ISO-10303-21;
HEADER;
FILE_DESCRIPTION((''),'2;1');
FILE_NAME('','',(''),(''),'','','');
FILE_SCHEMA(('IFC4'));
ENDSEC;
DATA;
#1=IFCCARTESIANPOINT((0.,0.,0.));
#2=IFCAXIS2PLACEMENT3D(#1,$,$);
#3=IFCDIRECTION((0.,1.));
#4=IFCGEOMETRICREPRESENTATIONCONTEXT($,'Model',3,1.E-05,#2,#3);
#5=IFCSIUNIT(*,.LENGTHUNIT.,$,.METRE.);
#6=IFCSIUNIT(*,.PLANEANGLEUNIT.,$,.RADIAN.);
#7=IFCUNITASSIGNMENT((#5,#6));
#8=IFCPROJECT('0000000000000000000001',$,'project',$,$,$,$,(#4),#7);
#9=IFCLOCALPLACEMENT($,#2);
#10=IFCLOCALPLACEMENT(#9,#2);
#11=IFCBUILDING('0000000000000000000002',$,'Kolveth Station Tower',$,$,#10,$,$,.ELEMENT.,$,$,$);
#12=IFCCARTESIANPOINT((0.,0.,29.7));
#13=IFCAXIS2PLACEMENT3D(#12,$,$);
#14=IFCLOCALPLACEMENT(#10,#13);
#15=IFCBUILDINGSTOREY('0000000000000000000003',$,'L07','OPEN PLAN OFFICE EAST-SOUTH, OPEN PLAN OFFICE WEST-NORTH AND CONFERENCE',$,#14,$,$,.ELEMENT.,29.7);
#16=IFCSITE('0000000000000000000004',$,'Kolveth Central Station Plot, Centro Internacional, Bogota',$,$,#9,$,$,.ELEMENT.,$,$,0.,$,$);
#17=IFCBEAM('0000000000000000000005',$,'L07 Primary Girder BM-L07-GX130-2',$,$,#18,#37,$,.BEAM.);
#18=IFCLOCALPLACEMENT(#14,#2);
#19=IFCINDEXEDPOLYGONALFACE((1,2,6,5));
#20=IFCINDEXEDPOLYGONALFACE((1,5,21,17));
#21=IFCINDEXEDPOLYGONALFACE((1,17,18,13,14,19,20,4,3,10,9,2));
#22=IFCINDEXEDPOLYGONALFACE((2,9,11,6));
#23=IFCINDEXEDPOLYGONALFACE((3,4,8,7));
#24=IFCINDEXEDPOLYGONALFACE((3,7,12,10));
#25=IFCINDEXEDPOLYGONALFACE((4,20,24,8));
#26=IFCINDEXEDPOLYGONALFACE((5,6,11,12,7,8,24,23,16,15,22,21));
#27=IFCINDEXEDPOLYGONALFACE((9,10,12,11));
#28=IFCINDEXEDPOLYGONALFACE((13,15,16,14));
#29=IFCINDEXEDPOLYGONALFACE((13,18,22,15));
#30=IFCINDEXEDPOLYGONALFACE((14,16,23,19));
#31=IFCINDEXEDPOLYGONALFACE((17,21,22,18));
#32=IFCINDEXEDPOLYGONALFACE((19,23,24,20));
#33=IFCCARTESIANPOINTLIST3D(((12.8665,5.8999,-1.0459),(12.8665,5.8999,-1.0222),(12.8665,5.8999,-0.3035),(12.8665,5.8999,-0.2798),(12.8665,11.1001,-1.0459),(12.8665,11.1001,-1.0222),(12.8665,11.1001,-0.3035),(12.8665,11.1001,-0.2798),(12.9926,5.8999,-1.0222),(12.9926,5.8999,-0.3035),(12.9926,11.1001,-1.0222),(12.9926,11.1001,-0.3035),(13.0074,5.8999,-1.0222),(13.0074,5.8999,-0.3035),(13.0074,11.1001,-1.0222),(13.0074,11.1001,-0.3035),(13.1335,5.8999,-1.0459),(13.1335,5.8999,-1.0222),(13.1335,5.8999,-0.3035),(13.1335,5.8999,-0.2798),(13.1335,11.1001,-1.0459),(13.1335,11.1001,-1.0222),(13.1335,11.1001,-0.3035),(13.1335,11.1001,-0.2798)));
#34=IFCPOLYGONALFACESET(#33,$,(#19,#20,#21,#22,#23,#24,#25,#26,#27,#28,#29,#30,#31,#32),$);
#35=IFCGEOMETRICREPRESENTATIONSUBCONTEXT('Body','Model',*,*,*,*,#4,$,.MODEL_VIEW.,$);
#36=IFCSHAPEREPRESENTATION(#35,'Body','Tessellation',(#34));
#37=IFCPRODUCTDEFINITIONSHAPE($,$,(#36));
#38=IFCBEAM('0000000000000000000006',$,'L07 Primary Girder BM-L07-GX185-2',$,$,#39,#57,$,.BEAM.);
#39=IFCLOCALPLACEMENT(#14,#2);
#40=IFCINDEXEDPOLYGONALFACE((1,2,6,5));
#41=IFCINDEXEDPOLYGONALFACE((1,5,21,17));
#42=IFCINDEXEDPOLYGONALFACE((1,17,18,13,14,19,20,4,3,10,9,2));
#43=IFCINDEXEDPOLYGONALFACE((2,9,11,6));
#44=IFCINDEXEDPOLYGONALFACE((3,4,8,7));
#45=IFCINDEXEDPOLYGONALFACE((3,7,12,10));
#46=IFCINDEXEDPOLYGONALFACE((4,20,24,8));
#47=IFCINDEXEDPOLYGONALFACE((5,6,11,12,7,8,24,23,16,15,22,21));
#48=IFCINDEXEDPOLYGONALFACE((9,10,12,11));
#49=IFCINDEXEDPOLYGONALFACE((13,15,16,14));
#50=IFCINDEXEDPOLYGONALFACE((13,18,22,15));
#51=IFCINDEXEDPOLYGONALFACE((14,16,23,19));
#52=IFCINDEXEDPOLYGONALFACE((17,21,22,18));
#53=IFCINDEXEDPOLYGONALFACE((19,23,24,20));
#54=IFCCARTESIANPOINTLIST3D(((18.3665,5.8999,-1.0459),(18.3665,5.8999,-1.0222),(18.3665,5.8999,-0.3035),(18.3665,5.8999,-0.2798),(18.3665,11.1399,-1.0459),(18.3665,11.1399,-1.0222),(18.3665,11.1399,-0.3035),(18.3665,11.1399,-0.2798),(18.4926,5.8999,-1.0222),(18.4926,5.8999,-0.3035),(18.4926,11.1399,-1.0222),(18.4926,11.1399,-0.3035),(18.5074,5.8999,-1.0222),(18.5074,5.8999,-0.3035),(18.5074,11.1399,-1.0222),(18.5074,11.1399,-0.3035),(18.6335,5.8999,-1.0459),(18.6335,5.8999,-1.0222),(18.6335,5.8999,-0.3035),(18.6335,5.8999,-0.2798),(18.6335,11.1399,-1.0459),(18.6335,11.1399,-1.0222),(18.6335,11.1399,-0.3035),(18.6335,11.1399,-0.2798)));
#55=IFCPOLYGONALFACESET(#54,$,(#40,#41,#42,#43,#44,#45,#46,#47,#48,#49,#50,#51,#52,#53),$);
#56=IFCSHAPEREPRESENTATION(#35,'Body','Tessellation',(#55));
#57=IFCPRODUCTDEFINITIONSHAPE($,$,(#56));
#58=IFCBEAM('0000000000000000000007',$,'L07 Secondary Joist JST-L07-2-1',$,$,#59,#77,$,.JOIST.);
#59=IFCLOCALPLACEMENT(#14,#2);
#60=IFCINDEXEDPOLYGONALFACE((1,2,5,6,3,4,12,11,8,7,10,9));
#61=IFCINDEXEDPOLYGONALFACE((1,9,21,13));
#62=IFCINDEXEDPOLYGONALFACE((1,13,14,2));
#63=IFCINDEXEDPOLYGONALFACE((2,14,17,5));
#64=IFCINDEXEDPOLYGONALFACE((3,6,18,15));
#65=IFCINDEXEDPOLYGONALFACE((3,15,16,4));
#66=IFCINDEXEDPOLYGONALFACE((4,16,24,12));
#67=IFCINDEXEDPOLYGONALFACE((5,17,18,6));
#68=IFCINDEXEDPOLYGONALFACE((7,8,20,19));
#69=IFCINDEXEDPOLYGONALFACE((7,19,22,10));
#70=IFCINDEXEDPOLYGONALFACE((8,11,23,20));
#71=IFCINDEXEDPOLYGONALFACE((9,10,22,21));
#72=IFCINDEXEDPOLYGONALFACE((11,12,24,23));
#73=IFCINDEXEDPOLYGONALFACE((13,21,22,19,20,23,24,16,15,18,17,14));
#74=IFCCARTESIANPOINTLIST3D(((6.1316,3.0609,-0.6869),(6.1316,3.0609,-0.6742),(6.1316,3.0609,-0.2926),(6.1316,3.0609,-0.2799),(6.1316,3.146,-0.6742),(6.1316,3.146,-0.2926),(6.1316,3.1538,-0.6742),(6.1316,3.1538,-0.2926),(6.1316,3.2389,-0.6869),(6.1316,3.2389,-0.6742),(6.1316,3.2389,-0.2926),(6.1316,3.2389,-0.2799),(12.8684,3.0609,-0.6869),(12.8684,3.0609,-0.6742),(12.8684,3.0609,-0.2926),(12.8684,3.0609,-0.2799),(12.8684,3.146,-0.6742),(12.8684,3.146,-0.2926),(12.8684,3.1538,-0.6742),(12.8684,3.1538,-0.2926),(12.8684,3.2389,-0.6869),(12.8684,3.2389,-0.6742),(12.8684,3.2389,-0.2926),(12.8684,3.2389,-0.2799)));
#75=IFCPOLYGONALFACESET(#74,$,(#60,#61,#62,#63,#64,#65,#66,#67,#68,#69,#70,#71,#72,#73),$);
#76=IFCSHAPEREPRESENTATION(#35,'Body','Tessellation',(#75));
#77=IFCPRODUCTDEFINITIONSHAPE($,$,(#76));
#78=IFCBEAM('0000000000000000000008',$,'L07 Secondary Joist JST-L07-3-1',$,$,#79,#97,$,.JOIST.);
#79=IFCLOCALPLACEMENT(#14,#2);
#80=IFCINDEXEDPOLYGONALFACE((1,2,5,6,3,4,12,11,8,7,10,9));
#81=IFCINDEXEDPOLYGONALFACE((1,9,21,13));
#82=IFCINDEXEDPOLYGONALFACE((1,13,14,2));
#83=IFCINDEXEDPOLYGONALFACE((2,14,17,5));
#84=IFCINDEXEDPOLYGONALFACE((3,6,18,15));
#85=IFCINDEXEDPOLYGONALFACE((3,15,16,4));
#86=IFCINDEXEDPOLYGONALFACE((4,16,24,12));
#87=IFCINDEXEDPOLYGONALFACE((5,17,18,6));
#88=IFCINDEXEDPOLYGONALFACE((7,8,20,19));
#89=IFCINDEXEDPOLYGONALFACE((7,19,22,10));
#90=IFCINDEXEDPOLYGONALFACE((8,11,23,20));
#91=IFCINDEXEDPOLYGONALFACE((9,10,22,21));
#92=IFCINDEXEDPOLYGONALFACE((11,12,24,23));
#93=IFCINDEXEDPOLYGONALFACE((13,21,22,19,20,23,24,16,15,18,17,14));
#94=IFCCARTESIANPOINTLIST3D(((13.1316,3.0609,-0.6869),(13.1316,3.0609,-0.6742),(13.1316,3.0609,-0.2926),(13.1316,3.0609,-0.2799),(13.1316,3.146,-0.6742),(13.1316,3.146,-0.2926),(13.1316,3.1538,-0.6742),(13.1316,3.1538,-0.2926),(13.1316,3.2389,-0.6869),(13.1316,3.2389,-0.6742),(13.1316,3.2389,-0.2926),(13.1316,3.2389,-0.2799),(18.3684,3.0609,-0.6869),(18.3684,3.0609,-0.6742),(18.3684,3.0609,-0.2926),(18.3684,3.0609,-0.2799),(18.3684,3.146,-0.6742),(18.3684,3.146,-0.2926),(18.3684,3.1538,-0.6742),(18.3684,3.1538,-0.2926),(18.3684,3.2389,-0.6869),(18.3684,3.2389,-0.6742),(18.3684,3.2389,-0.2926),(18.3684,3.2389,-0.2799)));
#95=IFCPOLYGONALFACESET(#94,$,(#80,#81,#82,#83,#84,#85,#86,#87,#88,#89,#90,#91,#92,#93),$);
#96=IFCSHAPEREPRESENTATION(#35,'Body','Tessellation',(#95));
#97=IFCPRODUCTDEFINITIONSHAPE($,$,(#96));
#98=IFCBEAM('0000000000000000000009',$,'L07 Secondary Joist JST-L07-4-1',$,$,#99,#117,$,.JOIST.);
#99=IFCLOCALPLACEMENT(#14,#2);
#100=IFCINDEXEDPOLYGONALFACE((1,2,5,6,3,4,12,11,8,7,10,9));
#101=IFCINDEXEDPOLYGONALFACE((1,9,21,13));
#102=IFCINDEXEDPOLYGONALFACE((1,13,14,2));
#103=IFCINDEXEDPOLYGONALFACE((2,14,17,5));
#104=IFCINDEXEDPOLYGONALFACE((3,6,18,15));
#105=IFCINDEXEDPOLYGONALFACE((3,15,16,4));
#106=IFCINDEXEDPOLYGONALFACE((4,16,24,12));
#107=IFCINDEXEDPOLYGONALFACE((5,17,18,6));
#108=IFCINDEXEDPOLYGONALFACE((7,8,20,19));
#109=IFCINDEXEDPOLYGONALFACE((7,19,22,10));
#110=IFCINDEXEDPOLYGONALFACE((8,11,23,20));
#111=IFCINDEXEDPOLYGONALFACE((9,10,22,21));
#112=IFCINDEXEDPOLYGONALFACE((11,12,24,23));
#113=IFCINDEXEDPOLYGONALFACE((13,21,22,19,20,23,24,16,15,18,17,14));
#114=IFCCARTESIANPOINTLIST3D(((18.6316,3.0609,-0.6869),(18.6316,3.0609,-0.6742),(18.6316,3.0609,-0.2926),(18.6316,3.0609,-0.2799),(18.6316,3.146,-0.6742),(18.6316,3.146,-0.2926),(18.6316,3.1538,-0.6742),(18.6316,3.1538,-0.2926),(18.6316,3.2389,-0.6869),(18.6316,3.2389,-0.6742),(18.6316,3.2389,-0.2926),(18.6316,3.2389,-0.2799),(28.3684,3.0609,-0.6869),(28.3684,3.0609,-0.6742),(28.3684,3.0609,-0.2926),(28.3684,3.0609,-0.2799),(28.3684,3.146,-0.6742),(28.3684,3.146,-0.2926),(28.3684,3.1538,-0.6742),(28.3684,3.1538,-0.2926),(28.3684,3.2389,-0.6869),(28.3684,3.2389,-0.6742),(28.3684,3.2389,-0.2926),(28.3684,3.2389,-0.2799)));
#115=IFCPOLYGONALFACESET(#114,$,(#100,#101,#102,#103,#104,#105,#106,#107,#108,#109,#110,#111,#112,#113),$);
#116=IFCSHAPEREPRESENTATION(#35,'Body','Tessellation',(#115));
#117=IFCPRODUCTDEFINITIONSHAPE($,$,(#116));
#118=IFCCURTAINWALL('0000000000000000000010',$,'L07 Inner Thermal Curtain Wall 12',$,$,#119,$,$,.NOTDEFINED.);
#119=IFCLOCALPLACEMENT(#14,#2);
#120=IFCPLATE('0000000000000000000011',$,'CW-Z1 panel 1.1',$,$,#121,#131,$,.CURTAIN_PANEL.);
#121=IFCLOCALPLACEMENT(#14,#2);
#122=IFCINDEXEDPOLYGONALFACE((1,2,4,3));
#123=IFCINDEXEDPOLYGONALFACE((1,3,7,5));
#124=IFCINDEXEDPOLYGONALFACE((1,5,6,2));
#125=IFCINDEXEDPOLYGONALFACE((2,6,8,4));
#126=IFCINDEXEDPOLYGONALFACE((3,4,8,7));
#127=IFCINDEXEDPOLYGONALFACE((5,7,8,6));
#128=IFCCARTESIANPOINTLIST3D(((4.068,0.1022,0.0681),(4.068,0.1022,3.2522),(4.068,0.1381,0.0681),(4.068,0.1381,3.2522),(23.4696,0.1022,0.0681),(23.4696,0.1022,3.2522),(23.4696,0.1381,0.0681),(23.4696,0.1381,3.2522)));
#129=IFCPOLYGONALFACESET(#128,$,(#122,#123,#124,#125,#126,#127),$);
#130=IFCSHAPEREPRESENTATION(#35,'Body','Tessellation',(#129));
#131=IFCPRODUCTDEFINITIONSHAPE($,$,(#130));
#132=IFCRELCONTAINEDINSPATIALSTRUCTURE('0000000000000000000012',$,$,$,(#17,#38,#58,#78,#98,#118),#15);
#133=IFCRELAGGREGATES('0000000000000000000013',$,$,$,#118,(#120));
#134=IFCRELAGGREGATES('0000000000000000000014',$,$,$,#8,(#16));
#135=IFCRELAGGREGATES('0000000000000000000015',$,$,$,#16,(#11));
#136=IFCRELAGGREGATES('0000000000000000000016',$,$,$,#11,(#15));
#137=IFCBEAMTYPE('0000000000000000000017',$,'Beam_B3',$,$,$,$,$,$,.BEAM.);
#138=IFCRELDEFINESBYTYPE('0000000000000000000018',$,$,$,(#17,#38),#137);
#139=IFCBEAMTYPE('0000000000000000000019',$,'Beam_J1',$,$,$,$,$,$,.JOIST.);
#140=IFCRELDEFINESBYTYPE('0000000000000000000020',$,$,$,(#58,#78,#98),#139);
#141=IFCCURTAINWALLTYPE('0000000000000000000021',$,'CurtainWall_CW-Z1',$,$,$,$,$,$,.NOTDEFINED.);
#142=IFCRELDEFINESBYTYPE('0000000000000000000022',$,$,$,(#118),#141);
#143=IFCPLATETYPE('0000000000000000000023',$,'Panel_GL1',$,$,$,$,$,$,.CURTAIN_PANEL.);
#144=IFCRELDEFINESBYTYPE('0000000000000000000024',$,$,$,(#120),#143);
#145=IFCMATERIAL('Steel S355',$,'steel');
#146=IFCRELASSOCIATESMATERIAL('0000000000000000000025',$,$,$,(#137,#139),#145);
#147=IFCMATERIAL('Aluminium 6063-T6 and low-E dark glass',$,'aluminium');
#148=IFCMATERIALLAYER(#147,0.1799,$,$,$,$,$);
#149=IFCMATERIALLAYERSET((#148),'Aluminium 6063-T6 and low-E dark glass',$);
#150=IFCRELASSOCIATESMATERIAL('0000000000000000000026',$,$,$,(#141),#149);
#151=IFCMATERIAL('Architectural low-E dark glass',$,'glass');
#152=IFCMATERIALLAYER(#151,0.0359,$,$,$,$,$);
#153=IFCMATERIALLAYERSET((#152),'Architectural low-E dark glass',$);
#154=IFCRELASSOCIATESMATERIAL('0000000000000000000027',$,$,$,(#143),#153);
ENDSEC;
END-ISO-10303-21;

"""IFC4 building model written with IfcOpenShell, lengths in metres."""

from ifc_helpers import new_model, si_unit, direction, frame, origin, origin_2d, place, context, subcontext, project, spatial, rectangle, i_section, extrude, source, transform, mapped, material, layer, layer_set, material_profile, profile_set, type_object, element, aggregate, save


model = new_model("IFC4")

# Units and contexts
model_context = context("Model", 3, precision=1e-05, world=origin(), true_north=direction((0.0, 1.0)))
body_context = subcontext(model_context, "Body", "Model", "MODEL_VIEW")
ifc_project = project(units=[si_unit("LENGTHUNIT", "METRE"), si_unit("PLANEANGLEUNIT", "RADIAN")], contexts=[model_context])

# Site, building, storey
site_placement = place(None, origin())
site = spatial("IfcSite", under=ifc_project, at=site_placement, Name="Kolveth Central Station Plot, Centro Internacional, Bogota", CompositionType="ELEMENT", RefElevation=0.0)
building_placement = place(site_placement, origin())
building = spatial("IfcBuilding", under=site, at=building_placement, Name="Kolveth Station Tower", CompositionType="ELEMENT")
storey_placement = place(building_placement, frame((0.0, 0.0, 29.7)))
storey = spatial("IfcBuildingStorey", under=building, at=storey_placement, Name="L07", Description="OPEN PLAN OFFICE EAST-SOUTH, OPEN PLAN OFFICE WEST-NORTH AND CONFERENCE", CompositionType="ELEMENT", Elevation=29.7)

# Shared definitions
ifc_material_1 = material(Name="Steel S355", Category="steel")

# Beams
ifc_material_profile_1 = material_profile(ifc_material_1, i_section(OverallWidth=0.2671, OverallDepth=0.7661, WebThickness=0.0149, FlangeThickness=0.0237, at=origin_2d()), Name="W760x185")
ifc_profile_set_1 = profile_set([ifc_material_profile_1], Name="Steel S355")
beam_type_1 = type_object("IfcBeamType", Name="Beam_B3", PredefinedType="BEAM", material=ifc_profile_set_1)
shared_shape_1 = source(origin(), body_context, "Body", "SweptSolid", [
    extrude(i_section(OverallWidth=0.2671, OverallDepth=0.7661, WebThickness=0.0149, FlangeThickness=0.0237, at=origin_2d()), origin(), (0.0, 0.0, 1.0), 5.2002),
])
for number, where, z_axis, x_axis, name in (
    (1, (13.0, 5.8999, -0.6628), (0.0, 1.0, 0.0), (-1.0, 0.0, 0.0), "L07 Primary Girder BM-L07-GX130-2"),
):
    element("IfcBeam", number, at=place(storey_placement, frame(where, z_axis=z_axis, x_axis=x_axis)), inside=storey, type_object=beam_type_1, Name=name, PredefinedType="BEAM", context=body_context, shape_type="MappedRepresentation", body=[
        mapped(shared_shape_1, transform((0.0, 0.0, 0.0), x_axis=(1.0, 0.0, 0.0), y_axis=(0.0, 1.0, 0.0), z_axis=(0.0, 0.0, 1.0), scale=1.0)),
    ])
shared_shape_2 = source(origin(), body_context, "Body", "SweptSolid", [
    extrude(i_section(OverallWidth=0.2671, OverallDepth=0.7661, WebThickness=0.0149, FlangeThickness=0.0237, at=origin_2d()), origin(), (0.0, 0.0, 1.0), 5.24),
])
beam_1_placement = place(storey_placement, frame((18.5, 5.8999, -0.6628), z_axis=(0.0, 1.0, 0.0), x_axis=(-1.0, 0.0, 0.0)))
element("IfcBeam", 2, at=beam_1_placement, inside=storey, type_object=beam_type_1, Name="L07 Primary Girder BM-L07-GX185-2", PredefinedType="BEAM", context=body_context, shape_type="MappedRepresentation", body=[
    mapped(shared_shape_2, transform((0.0, 0.0, 0.0), x_axis=(1.0, 0.0, 0.0), y_axis=(0.0, 1.0, 0.0), z_axis=(0.0, 0.0, 1.0), scale=1.0)),
])
ifc_material_profile_2 = material_profile(ifc_material_1, i_section(OverallWidth=0.178, OverallDepth=0.407, WebThickness=0.0078, FlangeThickness=0.0127, at=origin_2d()), Name="W410x60")
ifc_profile_set_2 = profile_set([ifc_material_profile_2], Name="Steel S355")
beam_type_2 = type_object("IfcBeamType", Name="Beam_J1", PredefinedType="JOIST", material=ifc_profile_set_2)
shared_shape_3 = source(origin(), body_context, "Body", "SweptSolid", [
    extrude(i_section(OverallWidth=0.178, OverallDepth=0.407, WebThickness=0.0078, FlangeThickness=0.0127, at=origin_2d()), origin(), (0.0, 0.0, 1.0), 6.7368),
])
beam_2_placement = place(storey_placement, frame((6.1316, 3.1499, -0.4834), z_axis=(1.0, 0.0, 0.0), x_axis=(0.0, 1.0, 0.0)))
element("IfcBeam", 3, at=beam_2_placement, inside=storey, type_object=beam_type_2, Name="L07 Secondary Joist JST-L07-2-1", PredefinedType="JOIST", context=body_context, shape_type="MappedRepresentation", body=[
    mapped(shared_shape_3, transform((0.0, 0.0, 0.0), x_axis=(1.0, 0.0, 0.0), y_axis=(0.0, 1.0, 0.0), z_axis=(0.0, 0.0, 1.0), scale=1.0)),
])
shared_shape_4 = source(origin(), body_context, "Body", "SweptSolid", [
    extrude(i_section(OverallWidth=0.178, OverallDepth=0.407, WebThickness=0.0078, FlangeThickness=0.0127, at=origin_2d()), origin(), (0.0, 0.0, 1.0), 5.2368),
])
beam_3_placement = place(storey_placement, frame((13.1316, 3.1499, -0.4834), z_axis=(1.0, 0.0, 0.0), x_axis=(0.0, 1.0, 0.0)))
element("IfcBeam", 4, at=beam_3_placement, inside=storey, type_object=beam_type_2, Name="L07 Secondary Joist JST-L07-3-1", PredefinedType="JOIST", context=body_context, shape_type="MappedRepresentation", body=[
    mapped(shared_shape_4, transform((0.0, 0.0, 0.0), x_axis=(1.0, 0.0, 0.0), y_axis=(0.0, 1.0, 0.0), z_axis=(0.0, 0.0, 1.0), scale=1.0)),
])
shared_shape_5 = source(origin(), body_context, "Body", "SweptSolid", [
    extrude(i_section(OverallWidth=0.178, OverallDepth=0.407, WebThickness=0.0078, FlangeThickness=0.0127, at=origin_2d()), origin(), (0.0, 0.0, 1.0), 9.7368),
])
beam_4_placement = place(storey_placement, frame((18.6316, 3.1499, -0.4834), z_axis=(1.0, 0.0, 0.0), x_axis=(0.0, 1.0, 0.0)))
element("IfcBeam", 5, at=beam_4_placement, inside=storey, type_object=beam_type_2, Name="L07 Secondary Joist JST-L07-4-1", PredefinedType="JOIST", context=body_context, shape_type="MappedRepresentation", body=[
    mapped(shared_shape_5, transform((0.0, 0.0, 0.0), x_axis=(1.0, 0.0, 0.0), y_axis=(0.0, 1.0, 0.0), z_axis=(0.0, 0.0, 1.0), scale=1.0)),
])

# Curtain wall, plate
ifc_material_2 = material(Name="Aluminium 6063-T6 and low-E dark glass", Category="aluminium")
ifc_layer_1 = layer(ifc_material_2, 0.1799)
ifc_layer_set_1 = layer_set([ifc_layer_1], Name="Aluminium 6063-T6 and low-E dark glass")
curtain_wall_type = type_object("IfcCurtainWallType", Name="CurtainWall_CW-Z1", PredefinedType="NOTDEFINED", material=ifc_layer_set_1)
curtain_wall_placement = place(storey_placement, origin())
curtain_wall = element("IfcCurtainWall", 6, at=curtain_wall_placement, inside=storey, type_object=curtain_wall_type, Name="L07 Inner Thermal Curtain Wall 12", PredefinedType="NOTDEFINED")
ifc_material_3 = material(Name="Architectural low-E dark glass", Category="glass")
ifc_layer_2 = layer(ifc_material_3, 0.0359)
ifc_layer_set_2 = layer_set([ifc_layer_2], Name="Architectural low-E dark glass")
plate_type = type_object("IfcPlateType", Name="Panel_GL1", PredefinedType="CURTAIN_PANEL", material=ifc_layer_set_2)
shared_shape_6 = source(origin(), body_context, "Body", "SweptSolid", [
    extrude(rectangle(XDim=19.4016, YDim=0.0359, at=origin_2d()), origin(), (0.0, 0.0, 1.0), 3.1841),
])
plate_placement = place(storey_placement, frame((13.7688, 0.1201, 0.0681), z_axis=(0.0, 0.0, 1.0), x_axis=(1.0, 0.0, 0.0)))
plate = element("IfcPlate", 7, at=plate_placement, type_object=plate_type, Name="CW-Z1 panel 1.1", PredefinedType="CURTAIN_PANEL", context=body_context, shape_type="MappedRepresentation", body=[
    mapped(shared_shape_6, transform((0.0, 0.0, 0.0), x_axis=(1.0, 0.0, 0.0), y_axis=(0.0, 1.0, 0.0), z_axis=(0.0, 0.0, 1.0), scale=1.0)),
])
aggregate(curtain_wall, [plate])

save(model, "model.ifc")
